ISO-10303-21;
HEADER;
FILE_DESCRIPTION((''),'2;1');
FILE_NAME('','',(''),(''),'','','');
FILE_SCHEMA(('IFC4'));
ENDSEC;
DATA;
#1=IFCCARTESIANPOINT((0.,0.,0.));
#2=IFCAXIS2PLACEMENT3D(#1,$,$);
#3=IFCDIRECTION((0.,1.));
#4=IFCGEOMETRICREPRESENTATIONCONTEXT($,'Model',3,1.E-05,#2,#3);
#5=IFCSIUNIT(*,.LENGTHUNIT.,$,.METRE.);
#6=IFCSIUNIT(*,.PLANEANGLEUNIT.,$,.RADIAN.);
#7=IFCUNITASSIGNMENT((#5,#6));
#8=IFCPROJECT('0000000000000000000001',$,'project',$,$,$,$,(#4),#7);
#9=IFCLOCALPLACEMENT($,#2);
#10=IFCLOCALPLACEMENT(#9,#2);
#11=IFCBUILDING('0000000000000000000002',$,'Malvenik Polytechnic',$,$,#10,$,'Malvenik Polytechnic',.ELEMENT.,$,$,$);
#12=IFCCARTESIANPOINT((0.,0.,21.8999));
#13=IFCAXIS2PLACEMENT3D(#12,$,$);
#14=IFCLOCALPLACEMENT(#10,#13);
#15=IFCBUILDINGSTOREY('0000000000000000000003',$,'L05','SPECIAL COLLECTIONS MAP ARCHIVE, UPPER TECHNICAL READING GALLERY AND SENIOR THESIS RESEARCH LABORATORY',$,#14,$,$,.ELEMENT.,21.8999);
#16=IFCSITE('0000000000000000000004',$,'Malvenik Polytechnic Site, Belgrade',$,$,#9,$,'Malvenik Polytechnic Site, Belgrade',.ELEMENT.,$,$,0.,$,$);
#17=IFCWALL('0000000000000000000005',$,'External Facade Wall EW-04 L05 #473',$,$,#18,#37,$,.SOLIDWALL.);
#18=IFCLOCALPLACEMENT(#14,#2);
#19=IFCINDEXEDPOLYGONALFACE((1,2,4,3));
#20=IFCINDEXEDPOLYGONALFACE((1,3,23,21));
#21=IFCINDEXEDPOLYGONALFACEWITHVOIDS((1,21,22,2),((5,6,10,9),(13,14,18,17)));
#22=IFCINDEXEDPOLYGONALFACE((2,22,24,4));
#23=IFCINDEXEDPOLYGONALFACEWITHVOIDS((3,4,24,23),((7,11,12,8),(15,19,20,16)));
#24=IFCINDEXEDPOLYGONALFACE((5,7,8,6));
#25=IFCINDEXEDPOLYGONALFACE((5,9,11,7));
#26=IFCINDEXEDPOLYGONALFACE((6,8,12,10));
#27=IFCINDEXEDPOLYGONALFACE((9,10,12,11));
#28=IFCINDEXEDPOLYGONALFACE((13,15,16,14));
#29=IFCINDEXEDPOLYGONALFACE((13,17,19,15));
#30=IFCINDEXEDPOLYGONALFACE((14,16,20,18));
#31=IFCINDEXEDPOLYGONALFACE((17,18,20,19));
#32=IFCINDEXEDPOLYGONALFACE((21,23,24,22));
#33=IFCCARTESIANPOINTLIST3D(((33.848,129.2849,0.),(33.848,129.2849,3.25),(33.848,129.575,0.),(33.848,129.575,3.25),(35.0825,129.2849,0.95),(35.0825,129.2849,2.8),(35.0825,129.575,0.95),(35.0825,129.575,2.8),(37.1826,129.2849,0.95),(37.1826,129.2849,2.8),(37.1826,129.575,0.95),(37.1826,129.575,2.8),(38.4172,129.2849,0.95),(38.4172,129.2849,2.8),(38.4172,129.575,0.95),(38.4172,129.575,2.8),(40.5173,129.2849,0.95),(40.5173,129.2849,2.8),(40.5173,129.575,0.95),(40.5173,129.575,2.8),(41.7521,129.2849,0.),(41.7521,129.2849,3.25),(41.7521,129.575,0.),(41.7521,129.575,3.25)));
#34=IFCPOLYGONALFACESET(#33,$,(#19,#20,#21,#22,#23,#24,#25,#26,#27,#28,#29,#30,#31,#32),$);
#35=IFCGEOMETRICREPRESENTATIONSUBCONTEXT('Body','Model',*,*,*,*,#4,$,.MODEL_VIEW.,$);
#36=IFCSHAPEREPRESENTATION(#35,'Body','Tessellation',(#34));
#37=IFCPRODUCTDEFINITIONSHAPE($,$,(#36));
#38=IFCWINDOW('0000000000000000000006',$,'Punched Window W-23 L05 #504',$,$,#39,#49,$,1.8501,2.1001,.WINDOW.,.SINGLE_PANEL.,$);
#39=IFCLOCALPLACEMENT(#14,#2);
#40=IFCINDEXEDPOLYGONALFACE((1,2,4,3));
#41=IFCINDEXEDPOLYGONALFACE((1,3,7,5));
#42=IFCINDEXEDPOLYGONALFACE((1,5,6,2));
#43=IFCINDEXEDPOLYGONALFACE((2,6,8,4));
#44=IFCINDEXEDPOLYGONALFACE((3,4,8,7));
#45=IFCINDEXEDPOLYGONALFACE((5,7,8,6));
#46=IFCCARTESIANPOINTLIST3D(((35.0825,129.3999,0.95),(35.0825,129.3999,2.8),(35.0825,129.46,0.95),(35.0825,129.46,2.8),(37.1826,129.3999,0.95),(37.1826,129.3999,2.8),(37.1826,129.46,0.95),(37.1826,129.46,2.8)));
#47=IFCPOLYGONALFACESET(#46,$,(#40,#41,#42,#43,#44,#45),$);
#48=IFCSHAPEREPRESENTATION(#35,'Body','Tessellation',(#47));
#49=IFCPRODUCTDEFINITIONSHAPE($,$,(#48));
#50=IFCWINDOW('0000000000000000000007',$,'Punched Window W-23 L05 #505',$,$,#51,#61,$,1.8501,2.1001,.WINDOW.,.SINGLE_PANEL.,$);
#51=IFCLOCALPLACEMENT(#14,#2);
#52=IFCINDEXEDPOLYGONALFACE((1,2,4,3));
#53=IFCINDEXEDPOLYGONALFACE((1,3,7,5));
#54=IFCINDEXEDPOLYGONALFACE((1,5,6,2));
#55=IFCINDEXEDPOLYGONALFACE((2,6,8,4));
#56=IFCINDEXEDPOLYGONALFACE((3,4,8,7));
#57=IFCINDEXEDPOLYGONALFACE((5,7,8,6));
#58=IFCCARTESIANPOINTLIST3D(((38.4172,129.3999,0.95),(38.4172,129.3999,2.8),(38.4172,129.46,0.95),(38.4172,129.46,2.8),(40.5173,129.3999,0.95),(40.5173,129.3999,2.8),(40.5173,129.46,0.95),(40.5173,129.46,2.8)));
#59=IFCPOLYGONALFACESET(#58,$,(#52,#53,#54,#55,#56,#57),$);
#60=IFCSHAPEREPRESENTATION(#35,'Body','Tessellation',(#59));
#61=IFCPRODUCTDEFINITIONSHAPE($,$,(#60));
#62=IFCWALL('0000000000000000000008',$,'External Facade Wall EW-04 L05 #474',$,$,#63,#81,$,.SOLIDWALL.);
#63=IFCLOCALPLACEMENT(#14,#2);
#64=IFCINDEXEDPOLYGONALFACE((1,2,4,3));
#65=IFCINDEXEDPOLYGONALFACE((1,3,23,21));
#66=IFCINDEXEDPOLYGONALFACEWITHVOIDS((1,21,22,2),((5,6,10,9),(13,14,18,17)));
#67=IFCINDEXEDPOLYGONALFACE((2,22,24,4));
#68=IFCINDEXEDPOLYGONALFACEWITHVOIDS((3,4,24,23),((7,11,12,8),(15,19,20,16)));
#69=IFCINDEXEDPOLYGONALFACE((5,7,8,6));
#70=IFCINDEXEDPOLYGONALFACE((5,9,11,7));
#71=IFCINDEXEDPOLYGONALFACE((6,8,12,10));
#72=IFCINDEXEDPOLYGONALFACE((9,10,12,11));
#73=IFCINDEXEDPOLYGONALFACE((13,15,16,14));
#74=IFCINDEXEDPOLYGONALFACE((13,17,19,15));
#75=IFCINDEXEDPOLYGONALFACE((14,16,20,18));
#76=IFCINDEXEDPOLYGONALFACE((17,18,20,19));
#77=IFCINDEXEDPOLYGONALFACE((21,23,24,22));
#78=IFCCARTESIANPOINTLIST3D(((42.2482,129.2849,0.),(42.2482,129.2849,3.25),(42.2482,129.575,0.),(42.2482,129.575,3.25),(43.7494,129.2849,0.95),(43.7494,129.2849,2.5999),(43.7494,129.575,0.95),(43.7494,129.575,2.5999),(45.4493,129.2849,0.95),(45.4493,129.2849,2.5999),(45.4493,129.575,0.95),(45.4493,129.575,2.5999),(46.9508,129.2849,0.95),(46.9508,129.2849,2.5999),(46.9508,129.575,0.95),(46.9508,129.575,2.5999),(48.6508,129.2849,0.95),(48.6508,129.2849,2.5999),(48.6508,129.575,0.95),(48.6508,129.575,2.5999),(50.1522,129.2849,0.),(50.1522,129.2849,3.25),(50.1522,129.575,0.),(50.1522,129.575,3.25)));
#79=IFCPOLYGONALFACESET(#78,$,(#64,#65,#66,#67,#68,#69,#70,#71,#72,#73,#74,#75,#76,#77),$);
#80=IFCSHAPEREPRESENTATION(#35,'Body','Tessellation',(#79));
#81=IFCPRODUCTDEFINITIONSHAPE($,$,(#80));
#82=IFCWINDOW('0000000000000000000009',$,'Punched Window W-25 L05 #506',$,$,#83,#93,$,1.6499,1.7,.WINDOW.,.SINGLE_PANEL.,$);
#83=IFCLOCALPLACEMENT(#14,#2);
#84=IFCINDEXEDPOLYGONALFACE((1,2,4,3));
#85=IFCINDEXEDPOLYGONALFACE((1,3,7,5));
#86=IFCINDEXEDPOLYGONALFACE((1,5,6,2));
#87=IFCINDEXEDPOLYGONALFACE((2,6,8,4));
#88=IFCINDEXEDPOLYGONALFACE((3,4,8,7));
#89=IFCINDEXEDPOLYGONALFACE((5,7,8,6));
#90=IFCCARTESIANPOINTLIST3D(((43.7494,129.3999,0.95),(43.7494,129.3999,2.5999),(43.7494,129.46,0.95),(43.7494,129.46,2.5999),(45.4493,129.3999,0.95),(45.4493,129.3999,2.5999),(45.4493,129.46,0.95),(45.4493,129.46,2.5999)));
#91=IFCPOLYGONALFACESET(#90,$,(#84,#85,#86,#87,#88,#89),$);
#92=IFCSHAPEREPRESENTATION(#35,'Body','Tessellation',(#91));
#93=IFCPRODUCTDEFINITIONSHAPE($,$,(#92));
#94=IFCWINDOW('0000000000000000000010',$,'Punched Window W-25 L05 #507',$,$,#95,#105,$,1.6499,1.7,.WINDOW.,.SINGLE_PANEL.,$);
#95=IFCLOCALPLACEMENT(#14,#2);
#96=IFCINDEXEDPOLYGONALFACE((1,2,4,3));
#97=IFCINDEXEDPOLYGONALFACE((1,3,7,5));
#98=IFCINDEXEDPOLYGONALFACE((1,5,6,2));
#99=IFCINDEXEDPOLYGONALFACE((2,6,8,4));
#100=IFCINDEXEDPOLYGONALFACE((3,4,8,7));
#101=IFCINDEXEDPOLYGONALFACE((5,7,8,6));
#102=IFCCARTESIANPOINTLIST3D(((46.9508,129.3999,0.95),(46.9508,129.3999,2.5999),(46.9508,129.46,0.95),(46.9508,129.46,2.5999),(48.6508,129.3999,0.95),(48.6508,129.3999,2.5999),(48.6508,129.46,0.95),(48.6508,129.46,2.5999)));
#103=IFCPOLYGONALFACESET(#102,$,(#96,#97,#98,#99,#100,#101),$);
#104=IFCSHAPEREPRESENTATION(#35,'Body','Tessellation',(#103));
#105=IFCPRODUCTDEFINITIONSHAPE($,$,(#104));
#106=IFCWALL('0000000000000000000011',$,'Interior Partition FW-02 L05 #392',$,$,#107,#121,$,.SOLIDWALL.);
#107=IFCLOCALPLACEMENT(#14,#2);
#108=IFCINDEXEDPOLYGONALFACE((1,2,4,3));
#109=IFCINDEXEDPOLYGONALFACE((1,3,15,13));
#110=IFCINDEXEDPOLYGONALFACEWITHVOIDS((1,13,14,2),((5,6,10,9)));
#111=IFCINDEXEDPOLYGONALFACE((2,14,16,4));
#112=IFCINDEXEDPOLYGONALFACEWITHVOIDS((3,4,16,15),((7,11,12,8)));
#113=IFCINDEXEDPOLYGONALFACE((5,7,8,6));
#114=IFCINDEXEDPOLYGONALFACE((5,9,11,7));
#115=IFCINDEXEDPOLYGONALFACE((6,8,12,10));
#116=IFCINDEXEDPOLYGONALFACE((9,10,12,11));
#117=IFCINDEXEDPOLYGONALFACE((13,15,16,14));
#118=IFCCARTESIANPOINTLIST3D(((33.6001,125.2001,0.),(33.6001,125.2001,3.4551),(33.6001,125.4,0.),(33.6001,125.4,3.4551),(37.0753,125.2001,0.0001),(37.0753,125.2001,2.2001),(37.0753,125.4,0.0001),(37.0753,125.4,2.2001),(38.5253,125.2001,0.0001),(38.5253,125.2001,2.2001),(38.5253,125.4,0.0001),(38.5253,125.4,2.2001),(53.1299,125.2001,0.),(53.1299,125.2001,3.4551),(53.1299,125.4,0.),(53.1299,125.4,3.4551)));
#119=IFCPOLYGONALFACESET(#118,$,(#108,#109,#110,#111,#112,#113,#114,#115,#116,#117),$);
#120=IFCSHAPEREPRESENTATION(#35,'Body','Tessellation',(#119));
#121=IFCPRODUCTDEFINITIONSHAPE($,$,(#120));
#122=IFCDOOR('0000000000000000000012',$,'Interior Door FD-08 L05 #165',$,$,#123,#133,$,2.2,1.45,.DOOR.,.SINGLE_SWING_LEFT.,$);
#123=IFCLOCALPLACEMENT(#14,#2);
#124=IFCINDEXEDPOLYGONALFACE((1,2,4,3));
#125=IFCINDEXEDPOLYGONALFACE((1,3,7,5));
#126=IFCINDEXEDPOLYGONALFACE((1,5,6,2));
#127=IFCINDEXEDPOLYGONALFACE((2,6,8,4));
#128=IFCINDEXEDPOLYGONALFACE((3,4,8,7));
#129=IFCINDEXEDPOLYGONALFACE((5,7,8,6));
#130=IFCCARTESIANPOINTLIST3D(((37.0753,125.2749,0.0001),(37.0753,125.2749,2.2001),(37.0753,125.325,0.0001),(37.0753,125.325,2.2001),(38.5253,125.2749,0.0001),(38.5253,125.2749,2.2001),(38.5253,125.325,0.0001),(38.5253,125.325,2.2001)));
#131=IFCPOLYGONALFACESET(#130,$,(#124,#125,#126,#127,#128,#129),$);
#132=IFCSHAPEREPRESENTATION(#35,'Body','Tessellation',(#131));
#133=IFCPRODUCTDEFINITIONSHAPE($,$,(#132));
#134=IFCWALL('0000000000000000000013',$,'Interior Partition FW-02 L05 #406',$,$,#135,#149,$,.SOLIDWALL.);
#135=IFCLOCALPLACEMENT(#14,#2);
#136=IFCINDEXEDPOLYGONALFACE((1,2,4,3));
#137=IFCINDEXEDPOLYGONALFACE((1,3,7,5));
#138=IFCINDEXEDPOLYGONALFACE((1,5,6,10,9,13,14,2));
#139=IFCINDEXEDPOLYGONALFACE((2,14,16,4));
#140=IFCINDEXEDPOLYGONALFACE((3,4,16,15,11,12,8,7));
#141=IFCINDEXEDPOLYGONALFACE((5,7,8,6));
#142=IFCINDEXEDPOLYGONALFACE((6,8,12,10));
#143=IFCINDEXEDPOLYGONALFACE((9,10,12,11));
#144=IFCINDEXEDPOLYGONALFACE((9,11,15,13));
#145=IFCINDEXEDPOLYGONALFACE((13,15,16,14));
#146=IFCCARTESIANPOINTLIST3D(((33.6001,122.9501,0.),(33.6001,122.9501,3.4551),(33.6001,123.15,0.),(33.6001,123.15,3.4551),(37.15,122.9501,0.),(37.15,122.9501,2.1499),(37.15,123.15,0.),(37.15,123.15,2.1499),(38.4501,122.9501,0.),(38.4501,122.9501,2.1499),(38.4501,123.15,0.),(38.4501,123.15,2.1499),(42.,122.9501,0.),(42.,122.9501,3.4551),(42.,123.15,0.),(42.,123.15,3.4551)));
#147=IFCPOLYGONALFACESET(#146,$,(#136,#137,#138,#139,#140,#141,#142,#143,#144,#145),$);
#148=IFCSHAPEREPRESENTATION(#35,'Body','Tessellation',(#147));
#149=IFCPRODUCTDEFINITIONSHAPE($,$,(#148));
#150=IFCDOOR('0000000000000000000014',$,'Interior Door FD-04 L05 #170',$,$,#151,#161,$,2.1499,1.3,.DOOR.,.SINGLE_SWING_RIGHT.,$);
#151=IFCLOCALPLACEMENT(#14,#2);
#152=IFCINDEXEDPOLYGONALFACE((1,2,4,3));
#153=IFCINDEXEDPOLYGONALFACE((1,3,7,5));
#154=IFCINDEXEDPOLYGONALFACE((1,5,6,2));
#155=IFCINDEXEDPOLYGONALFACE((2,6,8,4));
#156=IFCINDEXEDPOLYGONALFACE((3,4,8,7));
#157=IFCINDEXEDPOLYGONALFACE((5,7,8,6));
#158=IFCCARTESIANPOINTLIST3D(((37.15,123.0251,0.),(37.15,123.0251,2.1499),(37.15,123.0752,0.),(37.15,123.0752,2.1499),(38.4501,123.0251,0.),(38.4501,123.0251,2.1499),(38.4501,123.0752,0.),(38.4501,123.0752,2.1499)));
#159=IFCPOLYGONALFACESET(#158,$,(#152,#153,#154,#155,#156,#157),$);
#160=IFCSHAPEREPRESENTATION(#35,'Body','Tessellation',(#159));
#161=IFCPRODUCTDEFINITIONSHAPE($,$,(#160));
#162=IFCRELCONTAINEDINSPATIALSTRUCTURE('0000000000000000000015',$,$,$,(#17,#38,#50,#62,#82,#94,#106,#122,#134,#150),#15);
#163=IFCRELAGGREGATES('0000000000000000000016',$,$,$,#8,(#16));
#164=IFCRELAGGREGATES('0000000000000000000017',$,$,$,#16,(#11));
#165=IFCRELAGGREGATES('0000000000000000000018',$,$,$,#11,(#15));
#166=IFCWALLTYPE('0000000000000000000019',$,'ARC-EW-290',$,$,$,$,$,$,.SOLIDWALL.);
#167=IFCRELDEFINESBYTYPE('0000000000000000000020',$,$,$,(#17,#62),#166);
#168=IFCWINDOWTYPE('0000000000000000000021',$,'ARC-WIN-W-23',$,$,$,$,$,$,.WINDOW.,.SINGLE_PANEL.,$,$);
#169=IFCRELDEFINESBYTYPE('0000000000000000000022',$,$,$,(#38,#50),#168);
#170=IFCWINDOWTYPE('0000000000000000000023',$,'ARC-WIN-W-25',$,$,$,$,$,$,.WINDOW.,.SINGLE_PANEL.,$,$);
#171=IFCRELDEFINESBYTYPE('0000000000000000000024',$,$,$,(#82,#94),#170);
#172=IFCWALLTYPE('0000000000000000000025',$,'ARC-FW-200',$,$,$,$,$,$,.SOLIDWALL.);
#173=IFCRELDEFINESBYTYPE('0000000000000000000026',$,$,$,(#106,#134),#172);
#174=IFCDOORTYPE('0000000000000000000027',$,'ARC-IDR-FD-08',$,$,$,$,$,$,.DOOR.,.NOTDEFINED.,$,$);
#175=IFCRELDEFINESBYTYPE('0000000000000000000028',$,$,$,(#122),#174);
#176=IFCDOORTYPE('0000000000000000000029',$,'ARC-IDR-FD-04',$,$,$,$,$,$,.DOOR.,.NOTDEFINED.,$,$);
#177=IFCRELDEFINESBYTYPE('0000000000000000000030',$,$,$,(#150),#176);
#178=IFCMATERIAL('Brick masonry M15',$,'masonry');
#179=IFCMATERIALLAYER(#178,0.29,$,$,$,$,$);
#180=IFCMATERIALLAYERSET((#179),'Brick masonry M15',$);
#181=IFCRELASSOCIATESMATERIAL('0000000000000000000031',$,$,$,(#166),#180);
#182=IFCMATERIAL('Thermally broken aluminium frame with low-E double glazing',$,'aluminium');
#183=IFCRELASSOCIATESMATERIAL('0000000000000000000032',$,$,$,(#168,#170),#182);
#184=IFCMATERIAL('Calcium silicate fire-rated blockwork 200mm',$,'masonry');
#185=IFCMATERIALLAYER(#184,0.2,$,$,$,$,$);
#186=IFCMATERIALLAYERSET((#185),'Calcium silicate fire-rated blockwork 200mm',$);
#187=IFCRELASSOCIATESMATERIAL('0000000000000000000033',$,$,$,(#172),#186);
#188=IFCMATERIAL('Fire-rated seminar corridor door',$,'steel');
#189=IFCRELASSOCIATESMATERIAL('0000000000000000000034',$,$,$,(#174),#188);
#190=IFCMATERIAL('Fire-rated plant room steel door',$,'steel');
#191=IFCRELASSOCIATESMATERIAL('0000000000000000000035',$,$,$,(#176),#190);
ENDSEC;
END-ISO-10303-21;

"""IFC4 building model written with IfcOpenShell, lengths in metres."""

from ifc_helpers import new_model, si_unit, direction, frame, frame_2d, origin, place, context, subcontext, project, spatial, rectangle, extrude, material, layer, layer_set, type_object, element, fill, save


model = new_model("IFC4")

# Units and contexts
model_context = context("Model", 3, precision=1e-05, world=origin(), true_north=direction((0.0, 1.0)))
body_context = subcontext(model_context, "Body", "Model", "MODEL_VIEW")
ifc_project = project(units=[si_unit("LENGTHUNIT", "METRE"), si_unit("PLANEANGLEUNIT", "RADIAN")], contexts=[model_context])

# Site, building, storey
site_placement = place(None, origin())
site = spatial("IfcSite", under=ifc_project, at=site_placement, Name="Malvenik Polytechnic Site, Belgrade", LongName="Malvenik Polytechnic Site, Belgrade", CompositionType="ELEMENT", RefElevation=0.0)
building_placement = place(site_placement, origin())
building = spatial("IfcBuilding", under=site, at=building_placement, Name="Malvenik Polytechnic", LongName="Malvenik Polytechnic", CompositionType="ELEMENT")
storey_placement = place(building_placement, frame((0.0, 0.0, 21.8999)))
storey = spatial("IfcBuildingStorey", under=building, at=storey_placement, Name="L05", Description="SPECIAL COLLECTIONS MAP ARCHIVE, UPPER TECHNICAL READING GALLERY AND SENIOR THESIS RESEARCH LABORATORY", CompositionType="ELEMENT", Elevation=21.8999)

# Walls, openings, windows
ifc_material_1 = material(Name="Brick masonry M15", Category="masonry")
ifc_layer_1 = layer(ifc_material_1, 0.29)
ifc_layer_set_1 = layer_set([ifc_layer_1], Name="Brick masonry M15")
wall_type_1 = type_object("IfcWallType", Name="ARC-EW-290", PredefinedType="SOLIDWALL", material=ifc_layer_set_1)
wall_1_placement = place(storey_placement, frame((33.8479, 129.4299, 0.0), z_axis=(0.0, 0.0, 1.0), x_axis=(1.0, 0.0, 0.0)))
wall_1 = element("IfcWall", 1, at=wall_1_placement, inside=storey, type_object=wall_type_1, Name="External Facade Wall EW-04 L05 #473", PredefinedType="SOLIDWALL", context=body_context, shape_type="SweptSolid", body=[
    extrude(rectangle(XDim=7.9041, YDim=0.29, at=frame_2d((3.9521, 0.0))), origin(), (0.0, 0.0, 1.0), 3.25),
])
opening_1_placement = place(wall_1_placement, frame((1.2346, 0.0, 0.95)))
opening_1 = element("IfcOpeningElement", 2, at=opening_1_placement, cuts=wall_1, PredefinedType="OPENING", context=body_context, shape_type="SweptSolid", body=[
    extrude(rectangle(XDim=2.1001, YDim=1.8501, at=frame_2d((1.05, 0.925))), frame((0.0, 0.155, 0.0), z_axis=(0.0, -1.0, 0.0), x_axis=(1.0, 0.0, 0.0)), (0.0, 0.0, 1.0), 0.3101),
])
opening_2_placement = place(wall_1_placement, frame((4.5693, 0.0, 0.95)))
opening_2 = element("IfcOpeningElement", 3, at=opening_2_placement, cuts=wall_1, PredefinedType="OPENING", context=body_context, shape_type="SweptSolid", body=[
    extrude(rectangle(XDim=2.1001, YDim=1.8501, at=frame_2d((1.05, 0.925))), frame((0.0, 0.155, 0.0), z_axis=(0.0, -1.0, 0.0), x_axis=(1.0, 0.0, 0.0)), (0.0, 0.0, 1.0), 0.3101),
])
ifc_material_2 = material(Name="Thermally broken aluminium frame with low-E double glazing", Category="aluminium")
window_type_1 = type_object("IfcWindowType", Name="ARC-WIN-W-23", PartitioningType="SINGLE_PANEL", PredefinedType="WINDOW", material=ifc_material_2)
window_1_placement = place(opening_1_placement, origin())
window_1 = element("IfcWindow", 4, at=window_1_placement, inside=storey, type_object=window_type_1, Name="Punched Window W-23 L05 #504", OverallHeight=1.8501, OverallWidth=2.1001, PartitioningType="SINGLE_PANEL", PredefinedType="WINDOW", context=body_context, shape_type="SweptSolid", body=[
    extrude(rectangle(XDim=2.1001, YDim=1.8501, at=frame_2d((1.05, 0.925))), frame((0.0, 0.03, 0.0), z_axis=(0.0, -1.0, 0.0), x_axis=(1.0, 0.0, 0.0)), (0.0, 0.0, 1.0), 0.0601),
])
fill(opening_1, window_1)
window_2_placement = place(opening_2_placement, origin())
window_2 = element("IfcWindow", 5, at=window_2_placement, inside=storey, type_object=window_type_1, Name="Punched Window W-23 L05 #505", OverallHeight=1.8501, OverallWidth=2.1001, PartitioningType="SINGLE_PANEL", PredefinedType="WINDOW", context=body_context, shape_type="SweptSolid", body=[
    extrude(rectangle(XDim=2.1001, YDim=1.8501, at=frame_2d((1.05, 0.925))), frame((0.0, 0.03, 0.0), z_axis=(0.0, -1.0, 0.0), x_axis=(1.0, 0.0, 0.0)), (0.0, 0.0, 1.0), 0.0601),
])
fill(opening_2, window_2)
wall_2_placement = place(storey_placement, frame((42.248, 129.4299, 0.0), z_axis=(0.0, 0.0, 1.0), x_axis=(1.0, 0.0, 0.0)))
wall_2 = element("IfcWall", 6, at=wall_2_placement, inside=storey, type_object=wall_type_1, Name="External Facade Wall EW-04 L05 #474", PredefinedType="SOLIDWALL", context=body_context, shape_type="SweptSolid", body=[
    extrude(rectangle(XDim=7.9041, YDim=0.29, at=frame_2d((3.9521, 0.0))), origin(), (0.0, 0.0, 1.0), 3.25),
])
opening_3_placement = place(wall_2_placement, frame((1.5012, 0.0, 0.95)))
opening_3 = element("IfcOpeningElement", 7, at=opening_3_placement, cuts=wall_2, PredefinedType="OPENING", context=body_context, shape_type="SweptSolid", body=[
    extrude(rectangle(XDim=1.7, YDim=1.6499, at=frame_2d((0.8501, 0.825))), frame((0.0, 0.155, 0.0), z_axis=(0.0, -1.0, 0.0), x_axis=(1.0, 0.0, 0.0)), (0.0, 0.0, 1.0), 0.3101),
])
opening_4_placement = place(wall_2_placement, frame((4.7026, 0.0, 0.95)))
opening_4 = element("IfcOpeningElement", 8, at=opening_4_placement, cuts=wall_2, PredefinedType="OPENING", context=body_context, shape_type="SweptSolid", body=[
    extrude(rectangle(XDim=1.7, YDim=1.6499, at=frame_2d((0.8501, 0.825))), frame((0.0, 0.155, 0.0), z_axis=(0.0, -1.0, 0.0), x_axis=(1.0, 0.0, 0.0)), (0.0, 0.0, 1.0), 0.3101),
])
window_type_2 = type_object("IfcWindowType", Name="ARC-WIN-W-25", PartitioningType="SINGLE_PANEL", PredefinedType="WINDOW", material=ifc_material_2)
window_3_placement = place(opening_3_placement, origin())
window_3 = element("IfcWindow", 9, at=window_3_placement, inside=storey, type_object=window_type_2, Name="Punched Window W-25 L05 #506", OverallHeight=1.6499, OverallWidth=1.7, PartitioningType="SINGLE_PANEL", PredefinedType="WINDOW", context=body_context, shape_type="SweptSolid", body=[
    extrude(rectangle(XDim=1.7, YDim=1.6499, at=frame_2d((0.8501, 0.825))), frame((0.0, 0.03, 0.0), z_axis=(0.0, -1.0, 0.0), x_axis=(1.0, 0.0, 0.0)), (0.0, 0.0, 1.0), 0.0601),
])
fill(opening_3, window_3)
window_4_placement = place(opening_4_placement, origin())
window_4 = element("IfcWindow", 10, at=window_4_placement, inside=storey, type_object=window_type_2, Name="Punched Window W-25 L05 #507", OverallHeight=1.6499, OverallWidth=1.7, PartitioningType="SINGLE_PANEL", PredefinedType="WINDOW", context=body_context, shape_type="SweptSolid", body=[
    extrude(rectangle(XDim=1.7, YDim=1.6499, at=frame_2d((0.8501, 0.825))), frame((0.0, 0.03, 0.0), z_axis=(0.0, -1.0, 0.0), x_axis=(1.0, 0.0, 0.0)), (0.0, 0.0, 1.0), 0.0601),
])
fill(opening_4, window_4)

# Walls, openings, doors
ifc_material_3 = material(Name="Calcium silicate fire-rated blockwork 200mm", Category="masonry")
ifc_layer_2 = layer(ifc_material_3, 0.2)
ifc_layer_set_2 = layer_set([ifc_layer_2], Name="Calcium silicate fire-rated blockwork 200mm")
wall_type_2 = type_object("IfcWallType", Name="ARC-FW-200", PredefinedType="SOLIDWALL", material=ifc_layer_set_2)
wall_3_placement = place(storey_placement, frame((33.6001, 125.3, 0.0), z_axis=(0.0, 0.0, 1.0), x_axis=(1.0, 0.0, 0.0)))
wall_3 = element("IfcWall", 11, at=wall_3_placement, inside=storey, type_object=wall_type_2, Name="Interior Partition FW-02 L05 #392", PredefinedType="SOLIDWALL", context=body_context, shape_type="SweptSolid", body=[
    extrude(rectangle(XDim=19.5298, YDim=0.2, at=frame_2d((9.7649, 0.0))), origin(), (0.0, 0.0, 1.0), 3.4551),
])
opening_5_placement = place(wall_3_placement, frame((3.4751, 0.0, 0.0)))
opening_5 = element("IfcOpeningElement", 12, at=opening_5_placement, cuts=wall_3, PredefinedType="OPENING", context=body_context, shape_type="SweptSolid", body=[
    extrude(rectangle(XDim=1.45, YDim=2.2, at=frame_2d((0.7251, 1.1001))), frame((0.0, 0.1099, 0.0), z_axis=(0.0, -1.0, 0.0), x_axis=(1.0, 0.0, 0.0)), (0.0, 0.0, 1.0), 0.22),
])
ifc_material_4 = material(Name="Fire-rated seminar corridor door", Category="steel")
door_type_1 = type_object("IfcDoorType", Name="ARC-IDR-FD-08", OperationType="NOTDEFINED", PredefinedType="DOOR", material=ifc_material_4)
door_1_placement = place(opening_5_placement, origin())
door_1 = element("IfcDoor", 13, at=door_1_placement, inside=storey, type_object=door_type_1, Name="Interior Door FD-08 L05 #165", OperationType="SINGLE_SWING_LEFT", OverallHeight=2.2, OverallWidth=1.45, PredefinedType="DOOR", context=body_context, shape_type="SweptSolid", body=[
    extrude(rectangle(XDim=1.45, YDim=2.2, at=frame_2d((0.7251, 1.1001))), frame((0.0, 0.0249, 0.0), z_axis=(0.0, -1.0, 0.0), x_axis=(1.0, 0.0, 0.0)), (0.0, 0.0, 1.0), 0.05),
])
fill(opening_5, door_1)
wall_4_placement = place(storey_placement, frame((42.0, 123.05, 0.0), z_axis=(0.0, 0.0, 1.0), x_axis=(-1.0, 0.0, 0.0)))
wall_4 = element("IfcWall", 14, at=wall_4_placement, inside=storey, type_object=wall_type_2, Name="Interior Partition FW-02 L05 #406", PredefinedType="SOLIDWALL", context=body_context, shape_type="SweptSolid", body=[
    extrude(rectangle(XDim=8.3999, YDim=0.2, at=frame_2d((4.2, 0.0))), origin(), (0.0, 0.0, 1.0), 3.4551),
])
opening_6_placement = place(wall_4_placement, frame((3.55, 0.0, 0.0)))
opening_6 = element("IfcOpeningElement", 15, at=opening_6_placement, cuts=wall_4, PredefinedType="OPENING", context=body_context, shape_type="SweptSolid", body=[
    extrude(rectangle(XDim=1.3, YDim=2.1499, at=frame_2d((0.6499, 1.075))), frame((0.0, 0.1099, 0.0), z_axis=(0.0, -1.0, 0.0), x_axis=(1.0, 0.0, 0.0)), (0.0, 0.0, 1.0), 0.22),
])
ifc_material_5 = material(Name="Fire-rated plant room steel door", Category="steel")
door_type_2 = type_object("IfcDoorType", Name="ARC-IDR-FD-04", OperationType="NOTDEFINED", PredefinedType="DOOR", material=ifc_material_5)
door_2_placement = place(opening_6_placement, origin())
door_2 = element("IfcDoor", 16, at=door_2_placement, inside=storey, type_object=door_type_2, Name="Interior Door FD-04 L05 #170", OperationType="SINGLE_SWING_RIGHT", OverallHeight=2.1499, OverallWidth=1.3, PredefinedType="DOOR", context=body_context, shape_type="SweptSolid", body=[
    extrude(rectangle(XDim=1.3, YDim=2.1499, at=frame_2d((0.6499, 1.075))), frame((0.0, 0.0249, 0.0), z_axis=(0.0, -1.0, 0.0), x_axis=(1.0, 0.0, 0.0)), (0.0, 0.0, 1.0), 0.05),
])
fill(opening_6, door_2)

save(model, "model.ifc")
